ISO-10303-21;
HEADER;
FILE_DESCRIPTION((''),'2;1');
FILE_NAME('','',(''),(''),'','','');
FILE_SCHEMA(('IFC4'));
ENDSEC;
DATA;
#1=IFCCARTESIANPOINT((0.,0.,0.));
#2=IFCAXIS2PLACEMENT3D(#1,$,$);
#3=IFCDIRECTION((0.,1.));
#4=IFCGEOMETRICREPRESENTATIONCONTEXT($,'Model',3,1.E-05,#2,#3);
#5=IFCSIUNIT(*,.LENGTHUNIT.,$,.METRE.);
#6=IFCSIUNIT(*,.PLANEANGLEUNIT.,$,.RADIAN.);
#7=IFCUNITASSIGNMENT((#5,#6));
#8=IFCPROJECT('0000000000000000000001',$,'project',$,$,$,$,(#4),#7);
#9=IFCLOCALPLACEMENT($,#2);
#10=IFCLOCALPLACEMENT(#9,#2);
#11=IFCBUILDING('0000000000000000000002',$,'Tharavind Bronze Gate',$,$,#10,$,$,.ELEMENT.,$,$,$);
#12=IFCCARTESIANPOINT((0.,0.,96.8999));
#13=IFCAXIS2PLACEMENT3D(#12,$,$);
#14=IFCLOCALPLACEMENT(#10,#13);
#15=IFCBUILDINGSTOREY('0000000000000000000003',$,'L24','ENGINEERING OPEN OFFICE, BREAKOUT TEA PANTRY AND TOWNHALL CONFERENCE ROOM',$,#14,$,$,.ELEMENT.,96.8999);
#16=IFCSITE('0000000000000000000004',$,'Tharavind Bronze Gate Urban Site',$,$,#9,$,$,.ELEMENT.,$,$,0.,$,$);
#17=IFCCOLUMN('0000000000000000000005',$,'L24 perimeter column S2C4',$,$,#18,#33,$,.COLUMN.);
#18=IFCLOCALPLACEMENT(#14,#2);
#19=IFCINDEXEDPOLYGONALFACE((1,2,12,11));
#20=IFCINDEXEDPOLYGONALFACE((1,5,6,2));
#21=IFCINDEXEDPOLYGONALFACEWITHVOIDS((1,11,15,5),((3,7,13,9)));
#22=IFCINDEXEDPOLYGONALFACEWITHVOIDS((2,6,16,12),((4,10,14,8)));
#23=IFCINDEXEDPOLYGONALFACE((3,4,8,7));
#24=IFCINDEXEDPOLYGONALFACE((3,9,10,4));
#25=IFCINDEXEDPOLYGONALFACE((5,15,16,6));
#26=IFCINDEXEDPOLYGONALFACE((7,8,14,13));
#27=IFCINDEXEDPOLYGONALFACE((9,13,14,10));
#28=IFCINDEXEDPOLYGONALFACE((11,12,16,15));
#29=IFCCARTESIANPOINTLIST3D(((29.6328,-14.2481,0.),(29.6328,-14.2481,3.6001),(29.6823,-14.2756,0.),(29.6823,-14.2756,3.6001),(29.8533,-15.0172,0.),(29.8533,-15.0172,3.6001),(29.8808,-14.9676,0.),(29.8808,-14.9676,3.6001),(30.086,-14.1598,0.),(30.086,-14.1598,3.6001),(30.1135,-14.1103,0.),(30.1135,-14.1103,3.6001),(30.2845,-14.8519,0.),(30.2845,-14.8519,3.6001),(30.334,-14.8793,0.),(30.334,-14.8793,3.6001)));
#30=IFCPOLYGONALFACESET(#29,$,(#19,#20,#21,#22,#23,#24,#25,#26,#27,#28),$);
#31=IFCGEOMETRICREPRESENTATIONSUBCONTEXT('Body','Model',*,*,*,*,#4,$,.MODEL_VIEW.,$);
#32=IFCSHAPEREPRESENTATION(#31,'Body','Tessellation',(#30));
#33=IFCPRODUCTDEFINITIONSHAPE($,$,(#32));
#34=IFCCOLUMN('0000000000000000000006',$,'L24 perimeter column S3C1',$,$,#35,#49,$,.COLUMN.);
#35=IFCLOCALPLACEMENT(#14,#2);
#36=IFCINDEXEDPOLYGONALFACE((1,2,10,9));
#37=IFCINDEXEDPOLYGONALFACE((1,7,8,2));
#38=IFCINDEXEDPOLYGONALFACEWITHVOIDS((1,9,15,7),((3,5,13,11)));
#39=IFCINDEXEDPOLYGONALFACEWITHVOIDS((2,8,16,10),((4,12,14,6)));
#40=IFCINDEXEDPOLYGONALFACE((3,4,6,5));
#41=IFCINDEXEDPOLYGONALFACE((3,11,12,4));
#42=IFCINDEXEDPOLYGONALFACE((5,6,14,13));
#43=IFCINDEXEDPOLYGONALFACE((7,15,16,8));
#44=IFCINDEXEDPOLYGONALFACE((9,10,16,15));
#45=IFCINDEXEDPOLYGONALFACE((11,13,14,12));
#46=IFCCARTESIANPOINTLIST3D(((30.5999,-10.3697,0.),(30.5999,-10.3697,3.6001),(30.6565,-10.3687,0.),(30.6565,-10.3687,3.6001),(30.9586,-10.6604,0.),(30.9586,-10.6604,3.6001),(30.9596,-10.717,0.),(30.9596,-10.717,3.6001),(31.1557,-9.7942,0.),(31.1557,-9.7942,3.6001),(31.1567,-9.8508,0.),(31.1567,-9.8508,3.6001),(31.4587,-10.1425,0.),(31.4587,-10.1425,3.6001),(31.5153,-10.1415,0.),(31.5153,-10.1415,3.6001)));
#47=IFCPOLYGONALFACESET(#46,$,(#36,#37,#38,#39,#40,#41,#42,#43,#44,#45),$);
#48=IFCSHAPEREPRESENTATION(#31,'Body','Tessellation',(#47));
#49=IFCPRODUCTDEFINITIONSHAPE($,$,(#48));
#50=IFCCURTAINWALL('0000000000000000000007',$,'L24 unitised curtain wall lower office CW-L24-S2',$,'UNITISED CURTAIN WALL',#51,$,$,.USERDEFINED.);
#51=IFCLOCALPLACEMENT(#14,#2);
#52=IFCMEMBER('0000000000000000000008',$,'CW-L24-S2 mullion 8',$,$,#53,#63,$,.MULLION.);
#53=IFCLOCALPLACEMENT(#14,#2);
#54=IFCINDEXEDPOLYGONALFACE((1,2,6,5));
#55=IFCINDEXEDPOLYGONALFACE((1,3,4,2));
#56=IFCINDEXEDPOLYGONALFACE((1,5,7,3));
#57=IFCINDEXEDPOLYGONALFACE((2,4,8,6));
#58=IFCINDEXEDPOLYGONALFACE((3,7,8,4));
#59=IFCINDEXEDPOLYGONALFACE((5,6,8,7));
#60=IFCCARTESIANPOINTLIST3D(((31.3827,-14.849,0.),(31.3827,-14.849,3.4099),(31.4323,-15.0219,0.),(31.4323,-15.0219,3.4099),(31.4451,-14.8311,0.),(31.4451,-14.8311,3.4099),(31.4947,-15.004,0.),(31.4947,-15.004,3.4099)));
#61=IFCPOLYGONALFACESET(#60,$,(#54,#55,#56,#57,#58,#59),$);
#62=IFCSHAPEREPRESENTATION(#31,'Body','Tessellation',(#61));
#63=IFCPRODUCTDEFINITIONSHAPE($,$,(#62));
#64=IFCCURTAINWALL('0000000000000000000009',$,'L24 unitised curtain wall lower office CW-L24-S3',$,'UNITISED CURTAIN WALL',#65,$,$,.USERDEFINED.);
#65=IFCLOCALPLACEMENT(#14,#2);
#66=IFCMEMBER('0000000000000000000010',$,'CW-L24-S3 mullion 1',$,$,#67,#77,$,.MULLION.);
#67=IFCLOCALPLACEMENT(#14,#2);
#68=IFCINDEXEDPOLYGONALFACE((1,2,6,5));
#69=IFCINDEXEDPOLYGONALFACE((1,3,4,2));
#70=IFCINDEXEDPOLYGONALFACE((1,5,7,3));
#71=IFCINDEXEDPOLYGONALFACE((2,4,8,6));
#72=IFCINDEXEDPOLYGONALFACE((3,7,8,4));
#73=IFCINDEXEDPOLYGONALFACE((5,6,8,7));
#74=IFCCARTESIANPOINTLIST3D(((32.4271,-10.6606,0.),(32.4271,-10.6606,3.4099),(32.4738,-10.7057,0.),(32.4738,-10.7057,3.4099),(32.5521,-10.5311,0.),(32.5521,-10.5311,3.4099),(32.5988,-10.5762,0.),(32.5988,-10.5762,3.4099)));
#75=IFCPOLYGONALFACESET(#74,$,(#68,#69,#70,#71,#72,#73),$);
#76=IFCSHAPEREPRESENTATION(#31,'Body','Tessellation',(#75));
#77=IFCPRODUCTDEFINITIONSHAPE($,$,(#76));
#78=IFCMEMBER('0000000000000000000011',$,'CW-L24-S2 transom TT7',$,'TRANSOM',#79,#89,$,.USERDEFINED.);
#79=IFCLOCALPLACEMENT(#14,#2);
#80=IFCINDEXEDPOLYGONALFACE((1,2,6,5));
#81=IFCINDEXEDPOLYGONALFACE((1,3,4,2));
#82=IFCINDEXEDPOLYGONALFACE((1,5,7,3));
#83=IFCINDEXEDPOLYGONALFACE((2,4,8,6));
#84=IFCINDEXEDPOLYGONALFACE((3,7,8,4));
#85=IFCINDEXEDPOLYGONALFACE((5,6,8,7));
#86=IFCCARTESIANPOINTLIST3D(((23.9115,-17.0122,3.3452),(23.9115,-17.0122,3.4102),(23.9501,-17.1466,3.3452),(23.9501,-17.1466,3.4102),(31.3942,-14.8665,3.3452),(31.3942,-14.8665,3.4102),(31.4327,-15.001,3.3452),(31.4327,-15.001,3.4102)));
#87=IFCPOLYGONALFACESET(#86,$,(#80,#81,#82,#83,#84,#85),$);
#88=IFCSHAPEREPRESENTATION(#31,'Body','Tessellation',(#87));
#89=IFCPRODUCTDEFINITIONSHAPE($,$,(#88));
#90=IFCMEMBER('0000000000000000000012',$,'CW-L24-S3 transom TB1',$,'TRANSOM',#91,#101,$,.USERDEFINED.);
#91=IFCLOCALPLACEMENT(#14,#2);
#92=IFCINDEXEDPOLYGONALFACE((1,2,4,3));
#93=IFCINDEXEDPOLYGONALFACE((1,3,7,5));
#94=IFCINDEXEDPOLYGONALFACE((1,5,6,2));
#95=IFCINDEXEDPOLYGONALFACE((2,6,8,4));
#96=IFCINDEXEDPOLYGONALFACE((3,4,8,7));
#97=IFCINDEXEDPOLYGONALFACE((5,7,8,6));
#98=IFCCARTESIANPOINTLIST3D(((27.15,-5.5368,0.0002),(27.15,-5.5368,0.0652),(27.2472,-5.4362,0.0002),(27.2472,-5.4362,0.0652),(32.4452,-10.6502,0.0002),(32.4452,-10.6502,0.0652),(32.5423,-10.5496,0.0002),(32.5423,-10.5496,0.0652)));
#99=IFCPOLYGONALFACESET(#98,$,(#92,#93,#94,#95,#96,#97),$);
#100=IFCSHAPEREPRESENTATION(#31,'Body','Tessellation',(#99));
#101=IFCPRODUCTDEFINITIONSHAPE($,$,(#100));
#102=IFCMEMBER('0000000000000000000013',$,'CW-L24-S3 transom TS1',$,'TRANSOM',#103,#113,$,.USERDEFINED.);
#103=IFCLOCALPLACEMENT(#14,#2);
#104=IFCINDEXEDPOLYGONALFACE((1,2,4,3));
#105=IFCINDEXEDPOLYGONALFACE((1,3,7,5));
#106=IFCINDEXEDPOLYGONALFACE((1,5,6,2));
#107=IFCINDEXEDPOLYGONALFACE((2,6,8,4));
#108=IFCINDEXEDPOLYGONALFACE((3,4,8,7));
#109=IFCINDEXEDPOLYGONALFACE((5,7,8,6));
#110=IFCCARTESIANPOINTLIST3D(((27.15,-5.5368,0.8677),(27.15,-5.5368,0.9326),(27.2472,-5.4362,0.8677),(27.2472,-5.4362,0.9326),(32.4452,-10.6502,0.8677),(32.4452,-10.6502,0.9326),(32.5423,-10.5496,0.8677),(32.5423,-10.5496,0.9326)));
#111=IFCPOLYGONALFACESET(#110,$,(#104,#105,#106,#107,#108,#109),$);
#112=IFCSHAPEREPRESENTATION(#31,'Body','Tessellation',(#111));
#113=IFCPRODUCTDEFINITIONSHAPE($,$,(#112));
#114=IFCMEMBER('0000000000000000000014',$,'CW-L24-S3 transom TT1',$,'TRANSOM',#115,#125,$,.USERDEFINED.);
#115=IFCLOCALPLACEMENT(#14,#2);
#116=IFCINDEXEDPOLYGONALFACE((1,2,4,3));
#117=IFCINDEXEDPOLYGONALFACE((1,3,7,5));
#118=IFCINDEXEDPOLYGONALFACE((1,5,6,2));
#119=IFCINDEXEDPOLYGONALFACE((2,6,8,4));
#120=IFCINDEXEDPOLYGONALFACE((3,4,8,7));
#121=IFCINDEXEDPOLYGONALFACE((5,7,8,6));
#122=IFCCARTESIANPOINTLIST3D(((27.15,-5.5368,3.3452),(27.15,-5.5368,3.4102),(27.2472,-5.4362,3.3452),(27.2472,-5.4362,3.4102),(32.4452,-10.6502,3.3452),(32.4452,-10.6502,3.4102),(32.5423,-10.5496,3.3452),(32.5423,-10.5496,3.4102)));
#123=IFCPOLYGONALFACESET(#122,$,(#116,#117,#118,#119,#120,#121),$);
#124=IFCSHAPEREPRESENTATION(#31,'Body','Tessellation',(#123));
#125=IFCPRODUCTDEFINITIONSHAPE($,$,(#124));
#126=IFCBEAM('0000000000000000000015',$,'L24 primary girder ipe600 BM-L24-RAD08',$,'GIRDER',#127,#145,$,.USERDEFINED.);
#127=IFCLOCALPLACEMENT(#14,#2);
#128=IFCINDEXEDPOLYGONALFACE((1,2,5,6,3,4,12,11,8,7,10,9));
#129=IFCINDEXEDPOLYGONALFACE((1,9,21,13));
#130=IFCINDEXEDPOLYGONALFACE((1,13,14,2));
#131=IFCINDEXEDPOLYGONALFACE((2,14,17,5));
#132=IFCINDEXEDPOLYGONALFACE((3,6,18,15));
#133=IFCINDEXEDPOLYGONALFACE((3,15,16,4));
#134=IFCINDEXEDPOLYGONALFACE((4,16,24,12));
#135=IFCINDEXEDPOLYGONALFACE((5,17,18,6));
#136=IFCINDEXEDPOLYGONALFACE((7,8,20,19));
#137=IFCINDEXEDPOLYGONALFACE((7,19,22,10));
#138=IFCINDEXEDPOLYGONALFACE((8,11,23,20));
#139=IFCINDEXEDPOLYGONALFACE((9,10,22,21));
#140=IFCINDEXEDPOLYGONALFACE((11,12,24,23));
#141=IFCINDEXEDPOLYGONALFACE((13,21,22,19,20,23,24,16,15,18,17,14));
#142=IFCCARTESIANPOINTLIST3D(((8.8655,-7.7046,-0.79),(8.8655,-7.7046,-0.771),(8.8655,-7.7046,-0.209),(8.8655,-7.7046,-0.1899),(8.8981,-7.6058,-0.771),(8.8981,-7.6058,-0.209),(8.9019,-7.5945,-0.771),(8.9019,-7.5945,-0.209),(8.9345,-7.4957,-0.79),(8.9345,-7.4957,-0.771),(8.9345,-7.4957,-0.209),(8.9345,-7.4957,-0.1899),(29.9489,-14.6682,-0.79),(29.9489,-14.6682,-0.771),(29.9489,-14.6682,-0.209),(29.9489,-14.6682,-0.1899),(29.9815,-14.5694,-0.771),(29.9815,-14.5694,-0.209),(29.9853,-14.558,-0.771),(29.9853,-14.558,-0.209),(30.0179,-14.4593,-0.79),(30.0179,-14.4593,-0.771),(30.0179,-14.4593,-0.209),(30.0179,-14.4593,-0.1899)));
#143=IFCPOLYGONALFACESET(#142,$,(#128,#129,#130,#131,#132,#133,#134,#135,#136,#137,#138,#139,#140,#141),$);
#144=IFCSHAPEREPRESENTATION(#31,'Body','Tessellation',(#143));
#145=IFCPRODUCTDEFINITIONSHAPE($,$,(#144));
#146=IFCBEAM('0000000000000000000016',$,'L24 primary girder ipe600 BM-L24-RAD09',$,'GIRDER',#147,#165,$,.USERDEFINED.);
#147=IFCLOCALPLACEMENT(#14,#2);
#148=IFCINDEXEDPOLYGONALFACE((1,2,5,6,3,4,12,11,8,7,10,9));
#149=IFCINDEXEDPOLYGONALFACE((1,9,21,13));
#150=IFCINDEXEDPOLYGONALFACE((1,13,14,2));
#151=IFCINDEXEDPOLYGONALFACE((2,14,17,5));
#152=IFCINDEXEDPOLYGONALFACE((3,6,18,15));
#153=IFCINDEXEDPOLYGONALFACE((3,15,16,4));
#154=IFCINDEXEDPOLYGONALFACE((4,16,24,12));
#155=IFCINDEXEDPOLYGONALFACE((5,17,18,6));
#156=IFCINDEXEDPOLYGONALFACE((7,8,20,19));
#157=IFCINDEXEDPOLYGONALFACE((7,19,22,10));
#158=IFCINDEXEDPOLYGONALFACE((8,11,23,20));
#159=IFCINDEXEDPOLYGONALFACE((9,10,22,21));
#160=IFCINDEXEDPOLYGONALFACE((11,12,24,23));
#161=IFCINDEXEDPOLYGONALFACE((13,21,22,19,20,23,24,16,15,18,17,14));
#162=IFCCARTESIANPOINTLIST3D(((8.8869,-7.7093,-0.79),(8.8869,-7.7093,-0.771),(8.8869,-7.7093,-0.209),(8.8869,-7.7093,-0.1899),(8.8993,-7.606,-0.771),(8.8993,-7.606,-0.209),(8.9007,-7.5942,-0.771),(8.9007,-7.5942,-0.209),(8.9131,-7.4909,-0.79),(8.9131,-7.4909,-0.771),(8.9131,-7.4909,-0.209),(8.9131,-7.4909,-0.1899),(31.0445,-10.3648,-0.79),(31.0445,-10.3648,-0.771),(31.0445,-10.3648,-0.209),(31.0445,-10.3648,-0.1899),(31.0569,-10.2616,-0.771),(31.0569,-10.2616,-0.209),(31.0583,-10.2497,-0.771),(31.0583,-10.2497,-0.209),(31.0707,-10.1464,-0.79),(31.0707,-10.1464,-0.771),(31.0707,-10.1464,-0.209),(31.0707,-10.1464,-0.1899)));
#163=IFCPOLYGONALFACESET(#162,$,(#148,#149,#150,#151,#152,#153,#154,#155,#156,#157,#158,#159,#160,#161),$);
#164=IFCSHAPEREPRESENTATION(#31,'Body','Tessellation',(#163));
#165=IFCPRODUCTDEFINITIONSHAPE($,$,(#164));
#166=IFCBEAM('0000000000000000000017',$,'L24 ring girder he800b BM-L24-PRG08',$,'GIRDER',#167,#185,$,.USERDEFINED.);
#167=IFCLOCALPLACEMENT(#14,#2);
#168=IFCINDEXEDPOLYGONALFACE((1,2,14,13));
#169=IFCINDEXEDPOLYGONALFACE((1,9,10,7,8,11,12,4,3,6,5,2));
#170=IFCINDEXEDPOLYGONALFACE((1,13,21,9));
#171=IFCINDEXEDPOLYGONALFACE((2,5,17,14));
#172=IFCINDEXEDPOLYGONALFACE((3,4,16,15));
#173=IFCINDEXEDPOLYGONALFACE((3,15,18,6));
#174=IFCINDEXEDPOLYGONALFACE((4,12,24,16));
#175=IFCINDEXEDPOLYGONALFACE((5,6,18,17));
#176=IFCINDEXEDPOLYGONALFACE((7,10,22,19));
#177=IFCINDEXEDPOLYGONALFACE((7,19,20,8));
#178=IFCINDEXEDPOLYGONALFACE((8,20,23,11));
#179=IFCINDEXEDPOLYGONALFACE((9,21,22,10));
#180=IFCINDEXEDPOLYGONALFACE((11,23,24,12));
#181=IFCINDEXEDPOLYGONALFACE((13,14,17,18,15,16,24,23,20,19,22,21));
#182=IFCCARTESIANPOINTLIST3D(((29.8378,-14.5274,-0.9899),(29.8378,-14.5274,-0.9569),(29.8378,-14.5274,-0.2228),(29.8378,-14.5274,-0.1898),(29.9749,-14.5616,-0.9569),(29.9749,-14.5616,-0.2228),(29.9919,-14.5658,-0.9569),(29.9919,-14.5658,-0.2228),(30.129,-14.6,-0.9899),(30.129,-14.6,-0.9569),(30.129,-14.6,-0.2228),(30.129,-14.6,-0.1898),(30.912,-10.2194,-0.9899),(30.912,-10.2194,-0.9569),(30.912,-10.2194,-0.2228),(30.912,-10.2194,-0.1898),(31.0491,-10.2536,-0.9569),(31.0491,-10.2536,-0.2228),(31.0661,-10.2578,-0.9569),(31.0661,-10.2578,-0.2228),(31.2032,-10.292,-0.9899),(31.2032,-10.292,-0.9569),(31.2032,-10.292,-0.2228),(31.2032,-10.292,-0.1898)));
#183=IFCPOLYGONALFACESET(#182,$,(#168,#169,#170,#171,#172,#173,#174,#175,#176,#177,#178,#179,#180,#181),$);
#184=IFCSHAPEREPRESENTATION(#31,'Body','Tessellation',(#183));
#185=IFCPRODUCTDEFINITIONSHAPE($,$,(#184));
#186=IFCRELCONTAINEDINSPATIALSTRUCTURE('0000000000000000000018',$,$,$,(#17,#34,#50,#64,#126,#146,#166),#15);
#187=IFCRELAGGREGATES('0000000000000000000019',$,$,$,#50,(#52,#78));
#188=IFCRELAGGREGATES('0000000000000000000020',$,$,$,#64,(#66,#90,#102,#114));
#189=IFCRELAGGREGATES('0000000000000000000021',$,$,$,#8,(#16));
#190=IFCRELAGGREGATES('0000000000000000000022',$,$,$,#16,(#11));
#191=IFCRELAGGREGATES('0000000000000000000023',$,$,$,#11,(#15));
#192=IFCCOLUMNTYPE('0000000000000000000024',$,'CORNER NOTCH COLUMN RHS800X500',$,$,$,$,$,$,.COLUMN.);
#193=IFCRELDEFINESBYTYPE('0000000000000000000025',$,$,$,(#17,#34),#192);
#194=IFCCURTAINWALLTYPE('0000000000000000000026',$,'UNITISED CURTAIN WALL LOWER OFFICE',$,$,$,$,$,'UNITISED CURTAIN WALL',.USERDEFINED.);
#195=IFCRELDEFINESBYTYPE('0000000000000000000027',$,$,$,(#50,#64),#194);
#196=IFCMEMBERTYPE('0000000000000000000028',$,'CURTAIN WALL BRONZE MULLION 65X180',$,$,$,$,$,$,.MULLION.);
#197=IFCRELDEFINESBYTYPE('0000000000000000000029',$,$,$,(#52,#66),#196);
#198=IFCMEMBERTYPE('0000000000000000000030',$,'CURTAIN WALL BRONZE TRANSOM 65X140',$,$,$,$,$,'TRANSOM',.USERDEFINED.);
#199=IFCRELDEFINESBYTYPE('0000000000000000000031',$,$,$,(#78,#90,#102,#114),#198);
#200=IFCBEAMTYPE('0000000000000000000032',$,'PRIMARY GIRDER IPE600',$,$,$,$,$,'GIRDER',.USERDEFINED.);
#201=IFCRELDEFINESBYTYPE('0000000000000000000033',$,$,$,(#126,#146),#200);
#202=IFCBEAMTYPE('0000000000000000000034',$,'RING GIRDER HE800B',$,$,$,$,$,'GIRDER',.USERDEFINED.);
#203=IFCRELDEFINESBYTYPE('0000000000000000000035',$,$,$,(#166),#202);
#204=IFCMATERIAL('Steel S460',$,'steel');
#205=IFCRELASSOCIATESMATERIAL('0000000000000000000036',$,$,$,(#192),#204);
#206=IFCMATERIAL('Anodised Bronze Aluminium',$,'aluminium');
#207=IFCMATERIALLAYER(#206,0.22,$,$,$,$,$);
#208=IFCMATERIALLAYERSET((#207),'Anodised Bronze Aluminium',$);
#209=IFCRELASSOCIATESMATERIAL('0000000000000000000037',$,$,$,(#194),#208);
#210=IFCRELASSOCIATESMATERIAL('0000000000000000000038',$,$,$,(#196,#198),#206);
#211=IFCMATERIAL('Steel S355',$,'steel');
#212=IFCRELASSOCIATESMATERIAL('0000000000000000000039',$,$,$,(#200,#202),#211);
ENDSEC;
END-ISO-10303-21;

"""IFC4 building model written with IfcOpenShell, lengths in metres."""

from ifc_helpers import new_model, si_unit, direction, frame, origin, origin_2d, place, context, subcontext, project, spatial, rectangle, hollow_rectangle, i_section, extrude, material, layer, layer_set, material_profile, profile_set, type_object, element, aggregate, save


model = new_model("IFC4")

# Units and contexts
model_context = context("Model", 3, precision=1e-05, world=origin(), true_north=direction((0.0, 1.0)))
body_context = subcontext(model_context, "Body", "Model", "MODEL_VIEW")
ifc_project = project(units=[si_unit("LENGTHUNIT", "METRE"), si_unit("PLANEANGLEUNIT", "RADIAN")], contexts=[model_context])

# Site, building, storey
site_placement = place(None, origin())
site = spatial("IfcSite", under=ifc_project, at=site_placement, Name="Tharavind Bronze Gate Urban Site", CompositionType="ELEMENT", RefElevation=0.0)
building_placement = place(site_placement, origin())
building = spatial("IfcBuilding", under=site, at=building_placement, Name="Tharavind Bronze Gate", CompositionType="ELEMENT")
storey_placement = place(building_placement, frame((0.0, 0.0, 96.8999)))
storey = spatial("IfcBuildingStorey", under=building, at=storey_placement, Name="L24", Description="ENGINEERING OPEN OFFICE, BREAKOUT TEA PANTRY AND TOWNHALL CONFERENCE ROOM", CompositionType="ELEMENT", Elevation=96.8999)

# Columns
ifc_material_1 = material(Name="Steel S460", Category="steel")
ifc_material_profile_1 = material_profile(ifc_material_1, hollow_rectangle(XDim=0.5, YDim=0.8, WallThickness=0.04, at=origin_2d()), Name="RHS800X500X40")
ifc_profile_set_1 = profile_set([ifc_material_profile_1], Name="Steel S460")
column_type = type_object("IfcColumnType", Name="CORNER NOTCH COLUMN RHS800X500", PredefinedType="COLUMN", material=ifc_profile_set_1)
for number, where, z_axis, x_axis, name in (
    (1, (29.9834, -14.5637, 0.0), (0.0, 0.0, 1.0), (0.961262, 0.275637, 0.0), "L24 perimeter column S2C4"),
    (2, (31.0576, -10.2556, 0.0), (0.0, 0.0, 1.0), (-0.71934, 0.694658, 0.0), "L24 perimeter column S3C1"),
):
    element("IfcColumn", number, at=place(storey_placement, frame(where, z_axis=z_axis, x_axis=x_axis)), inside=storey, type_object=column_type, Name=name, PredefinedType="COLUMN", context=body_context, shape_type="SweptSolid", body=[
        extrude(hollow_rectangle(XDim=0.5, YDim=0.8, WallThickness=0.04, at=origin_2d()), origin(), (0.0, 0.0, 1.0), 3.6001),
    ])

# Curtain walls, members
ifc_material_2 = material(Name="Anodised Bronze Aluminium", Category="aluminium")
ifc_layer_1 = layer(ifc_material_2, 0.22)
ifc_layer_set_1 = layer_set([ifc_layer_1], Name="Anodised Bronze Aluminium")
curtain_wall_type = type_object("IfcCurtainWallType", Name="UNITISED CURTAIN WALL LOWER OFFICE", ElementType="UNITISED CURTAIN WALL", PredefinedType="USERDEFINED", material=ifc_layer_set_1)
curtain_wall_1_placement = place(storey_placement, origin())
curtain_wall_1 = element("IfcCurtainWall", 3, at=curtain_wall_1_placement, inside=storey, type_object=curtain_wall_type, Name="L24 unitised curtain wall lower office CW-L24-S2", ObjectType="UNITISED CURTAIN WALL", PredefinedType="USERDEFINED")
member_type_1 = type_object("IfcMemberType", Name="CURTAIN WALL BRONZE MULLION 65X180", PredefinedType="MULLION", material=ifc_material_2)
member_1_placement = place(storey_placement, frame((31.4387, -14.9265, 0.0), z_axis=(0.0, 0.0, 1.0), x_axis=(0.961262, 0.275637, 0.0)))
member_1 = element("IfcMember", 4, at=member_1_placement, type_object=member_type_1, Name="CW-L24-S2 mullion 8", PredefinedType="MULLION", context=body_context, shape_type="SweptSolid", body=[
    extrude(rectangle(XDim=0.0649, YDim=0.1799, at=origin_2d()), origin(), (0.0, 0.0, 1.0), 3.4099),
])
curtain_wall_2_placement = place(storey_placement, origin())
curtain_wall_2 = element("IfcCurtainWall", 5, at=curtain_wall_2_placement, inside=storey, type_object=curtain_wall_type, Name="L24 unitised curtain wall lower office CW-L24-S3", ObjectType="UNITISED CURTAIN WALL", PredefinedType="USERDEFINED")
member_2_placement = place(storey_placement, frame((32.5129, -10.6184, 0.0), z_axis=(0.0, 0.0, 1.0), x_axis=(-0.719341, 0.694657, 0.0)))
member_2 = element("IfcMember", 6, at=member_2_placement, type_object=member_type_1, Name="CW-L24-S3 mullion 1", PredefinedType="MULLION", context=body_context, shape_type="SweptSolid", body=[
    extrude(rectangle(XDim=0.0649, YDim=0.1799, at=origin_2d()), origin(), (0.0, 0.0, 1.0), 3.4099),
])

# Members
member_type_2 = type_object("IfcMemberType", Name="CURTAIN WALL BRONZE TRANSOM 65X140", ElementType="TRANSOM", PredefinedType="USERDEFINED", material=ifc_material_2)
member_3_placement = place(storey_placement, frame((27.6721, -16.0066, 3.3452), z_axis=(0.0, 0.0, 1.0), x_axis=(0.961262, 0.275637, 0.0)))
member_3 = element("IfcMember", 7, at=member_3_placement, type_object=member_type_2, Name="CW-L24-S2 transom TT7", ObjectType="TRANSOM", PredefinedType="USERDEFINED", context=body_context, shape_type="SweptSolid", body=[
    extrude(rectangle(XDim=7.7842, YDim=0.1399, at=origin_2d()), origin(), (0.0, 0.0, 1.0), 0.0649),
])
member_4_placement = place(storey_placement, frame((29.8462, -8.0432, 0.0002), z_axis=(0.0, 0.0, 1.0), x_axis=(-0.719341, 0.694657, 0.0)))
member_4 = element("IfcMember", 8, at=member_4_placement, type_object=member_type_2, Name="CW-L24-S3 transom TB1", ObjectType="TRANSOM", PredefinedType="USERDEFINED", context=body_context, shape_type="SweptSolid", body=[
    extrude(rectangle(XDim=7.3611, YDim=0.1399, at=origin_2d()), origin(), (0.0, 0.0, 1.0), 0.0649),
])
member_5_placement = place(storey_placement, frame((29.8462, -8.0432, 0.8677), z_axis=(0.0, 0.0, 1.0), x_axis=(-0.719341, 0.694657, 0.0)))
member_5 = element("IfcMember", 9, at=member_5_placement, type_object=member_type_2, Name="CW-L24-S3 transom TS1", ObjectType="TRANSOM", PredefinedType="USERDEFINED", context=body_context, shape_type="SweptSolid", body=[
    extrude(rectangle(XDim=7.3611, YDim=0.1399, at=origin_2d()), origin(), (0.0, 0.0, 1.0), 0.0649),
])
member_6_placement = place(storey_placement, frame((29.8462, -8.0432, 3.3452), z_axis=(0.0, 0.0, 1.0), x_axis=(-0.719341, 0.694657, 0.0)))
member_6 = element("IfcMember", 10, at=member_6_placement, type_object=member_type_2, Name="CW-L24-S3 transom TT1", ObjectType="TRANSOM", PredefinedType="USERDEFINED", context=body_context, shape_type="SweptSolid", body=[
    extrude(rectangle(XDim=7.3611, YDim=0.1399, at=origin_2d()), origin(), (0.0, 0.0, 1.0), 0.0649),
])

# Beams
ifc_material_3 = material(Name="Steel S355", Category="steel")
ifc_material_profile_2 = material_profile(ifc_material_3, i_section(OverallWidth=0.22, OverallDepth=0.6001, WebThickness=0.012, FlangeThickness=0.019, at=origin_2d()), Name="IPE600")
ifc_profile_set_2 = profile_set([ifc_material_profile_2], Name="Steel S355")
beam_type_1 = type_object("IfcBeamType", Name="PRIMARY GIRDER IPE600", ElementType="GIRDER", PredefinedType="USERDEFINED", material=ifc_profile_set_2)
beam_1_placement = place(storey_placement, frame((29.9834, -14.5637, -0.49), z_axis=(-0.949547, 0.313624, 0.0), x_axis=(-0.313624, -0.949547, 0.0)))
element("IfcBeam", 11, at=beam_1_placement, inside=storey, type_object=beam_type_1, Name="L24 primary girder ipe600 BM-L24-RAD08", ObjectType="GIRDER", PredefinedType="USERDEFINED", context=body_context, shape_type="SweptSolid", body=[
    extrude(i_section(OverallWidth=0.22, OverallDepth=0.6001, WebThickness=0.012, FlangeThickness=0.019, at=origin_2d()), origin(), (0.0, 0.0, 1.0), 22.2036),
])
beam_2_placement = place(storey_placement, frame((31.0576, -10.2556, -0.49), z_axis=(-0.992895, 0.118995, 0.0), x_axis=(-0.118995, -0.992895, 0.0)))
element("IfcBeam", 12, at=beam_2_placement, inside=storey, type_object=beam_type_1, Name="L24 primary girder ipe600 BM-L24-RAD09", ObjectType="GIRDER", PredefinedType="USERDEFINED", context=body_context, shape_type="SweptSolid", body=[
    extrude(i_section(OverallWidth=0.22, OverallDepth=0.6001, WebThickness=0.012, FlangeThickness=0.019, at=origin_2d()), origin(), (0.0, 0.0, 1.0), 22.3162),
])
ifc_material_profile_3 = material_profile(ifc_material_3, i_section(OverallWidth=0.3, OverallDepth=0.8, WebThickness=0.0176, FlangeThickness=0.033, at=origin_2d()), Name="HE800B")
ifc_profile_set_3 = profile_set([ifc_material_profile_3], Name="Steel S355")
beam_type_2 = type_object("IfcBeamType", Name="RING GIRDER HE800B", ElementType="GIRDER", PredefinedType="USERDEFINED", material=ifc_profile_set_3)
beam_3_placement = place(storey_placement, frame((29.9834, -14.5637, -0.5898), z_axis=(0.24194, 0.970291, 0.0), x_axis=(-0.970291, 0.24194, 0.0)))
element("IfcBeam", 13, at=beam_3_placement, inside=storey, type_object=beam_type_2, Name="L24 ring girder he800b BM-L24-PRG08", ObjectType="GIRDER", PredefinedType="USERDEFINED", context=body_context, shape_type="SweptSolid", body=[
    extrude(i_section(OverallWidth=0.3, OverallDepth=0.8, WebThickness=0.0176, FlangeThickness=0.033, at=origin_2d()), origin(), (0.0, 0.0, 1.0), 4.4399),
])

aggregate(curtain_wall_1, [member_1, member_3])
aggregate(curtain_wall_2, [member_2, member_4, member_5, member_6])

save(model, "model.ifc")
